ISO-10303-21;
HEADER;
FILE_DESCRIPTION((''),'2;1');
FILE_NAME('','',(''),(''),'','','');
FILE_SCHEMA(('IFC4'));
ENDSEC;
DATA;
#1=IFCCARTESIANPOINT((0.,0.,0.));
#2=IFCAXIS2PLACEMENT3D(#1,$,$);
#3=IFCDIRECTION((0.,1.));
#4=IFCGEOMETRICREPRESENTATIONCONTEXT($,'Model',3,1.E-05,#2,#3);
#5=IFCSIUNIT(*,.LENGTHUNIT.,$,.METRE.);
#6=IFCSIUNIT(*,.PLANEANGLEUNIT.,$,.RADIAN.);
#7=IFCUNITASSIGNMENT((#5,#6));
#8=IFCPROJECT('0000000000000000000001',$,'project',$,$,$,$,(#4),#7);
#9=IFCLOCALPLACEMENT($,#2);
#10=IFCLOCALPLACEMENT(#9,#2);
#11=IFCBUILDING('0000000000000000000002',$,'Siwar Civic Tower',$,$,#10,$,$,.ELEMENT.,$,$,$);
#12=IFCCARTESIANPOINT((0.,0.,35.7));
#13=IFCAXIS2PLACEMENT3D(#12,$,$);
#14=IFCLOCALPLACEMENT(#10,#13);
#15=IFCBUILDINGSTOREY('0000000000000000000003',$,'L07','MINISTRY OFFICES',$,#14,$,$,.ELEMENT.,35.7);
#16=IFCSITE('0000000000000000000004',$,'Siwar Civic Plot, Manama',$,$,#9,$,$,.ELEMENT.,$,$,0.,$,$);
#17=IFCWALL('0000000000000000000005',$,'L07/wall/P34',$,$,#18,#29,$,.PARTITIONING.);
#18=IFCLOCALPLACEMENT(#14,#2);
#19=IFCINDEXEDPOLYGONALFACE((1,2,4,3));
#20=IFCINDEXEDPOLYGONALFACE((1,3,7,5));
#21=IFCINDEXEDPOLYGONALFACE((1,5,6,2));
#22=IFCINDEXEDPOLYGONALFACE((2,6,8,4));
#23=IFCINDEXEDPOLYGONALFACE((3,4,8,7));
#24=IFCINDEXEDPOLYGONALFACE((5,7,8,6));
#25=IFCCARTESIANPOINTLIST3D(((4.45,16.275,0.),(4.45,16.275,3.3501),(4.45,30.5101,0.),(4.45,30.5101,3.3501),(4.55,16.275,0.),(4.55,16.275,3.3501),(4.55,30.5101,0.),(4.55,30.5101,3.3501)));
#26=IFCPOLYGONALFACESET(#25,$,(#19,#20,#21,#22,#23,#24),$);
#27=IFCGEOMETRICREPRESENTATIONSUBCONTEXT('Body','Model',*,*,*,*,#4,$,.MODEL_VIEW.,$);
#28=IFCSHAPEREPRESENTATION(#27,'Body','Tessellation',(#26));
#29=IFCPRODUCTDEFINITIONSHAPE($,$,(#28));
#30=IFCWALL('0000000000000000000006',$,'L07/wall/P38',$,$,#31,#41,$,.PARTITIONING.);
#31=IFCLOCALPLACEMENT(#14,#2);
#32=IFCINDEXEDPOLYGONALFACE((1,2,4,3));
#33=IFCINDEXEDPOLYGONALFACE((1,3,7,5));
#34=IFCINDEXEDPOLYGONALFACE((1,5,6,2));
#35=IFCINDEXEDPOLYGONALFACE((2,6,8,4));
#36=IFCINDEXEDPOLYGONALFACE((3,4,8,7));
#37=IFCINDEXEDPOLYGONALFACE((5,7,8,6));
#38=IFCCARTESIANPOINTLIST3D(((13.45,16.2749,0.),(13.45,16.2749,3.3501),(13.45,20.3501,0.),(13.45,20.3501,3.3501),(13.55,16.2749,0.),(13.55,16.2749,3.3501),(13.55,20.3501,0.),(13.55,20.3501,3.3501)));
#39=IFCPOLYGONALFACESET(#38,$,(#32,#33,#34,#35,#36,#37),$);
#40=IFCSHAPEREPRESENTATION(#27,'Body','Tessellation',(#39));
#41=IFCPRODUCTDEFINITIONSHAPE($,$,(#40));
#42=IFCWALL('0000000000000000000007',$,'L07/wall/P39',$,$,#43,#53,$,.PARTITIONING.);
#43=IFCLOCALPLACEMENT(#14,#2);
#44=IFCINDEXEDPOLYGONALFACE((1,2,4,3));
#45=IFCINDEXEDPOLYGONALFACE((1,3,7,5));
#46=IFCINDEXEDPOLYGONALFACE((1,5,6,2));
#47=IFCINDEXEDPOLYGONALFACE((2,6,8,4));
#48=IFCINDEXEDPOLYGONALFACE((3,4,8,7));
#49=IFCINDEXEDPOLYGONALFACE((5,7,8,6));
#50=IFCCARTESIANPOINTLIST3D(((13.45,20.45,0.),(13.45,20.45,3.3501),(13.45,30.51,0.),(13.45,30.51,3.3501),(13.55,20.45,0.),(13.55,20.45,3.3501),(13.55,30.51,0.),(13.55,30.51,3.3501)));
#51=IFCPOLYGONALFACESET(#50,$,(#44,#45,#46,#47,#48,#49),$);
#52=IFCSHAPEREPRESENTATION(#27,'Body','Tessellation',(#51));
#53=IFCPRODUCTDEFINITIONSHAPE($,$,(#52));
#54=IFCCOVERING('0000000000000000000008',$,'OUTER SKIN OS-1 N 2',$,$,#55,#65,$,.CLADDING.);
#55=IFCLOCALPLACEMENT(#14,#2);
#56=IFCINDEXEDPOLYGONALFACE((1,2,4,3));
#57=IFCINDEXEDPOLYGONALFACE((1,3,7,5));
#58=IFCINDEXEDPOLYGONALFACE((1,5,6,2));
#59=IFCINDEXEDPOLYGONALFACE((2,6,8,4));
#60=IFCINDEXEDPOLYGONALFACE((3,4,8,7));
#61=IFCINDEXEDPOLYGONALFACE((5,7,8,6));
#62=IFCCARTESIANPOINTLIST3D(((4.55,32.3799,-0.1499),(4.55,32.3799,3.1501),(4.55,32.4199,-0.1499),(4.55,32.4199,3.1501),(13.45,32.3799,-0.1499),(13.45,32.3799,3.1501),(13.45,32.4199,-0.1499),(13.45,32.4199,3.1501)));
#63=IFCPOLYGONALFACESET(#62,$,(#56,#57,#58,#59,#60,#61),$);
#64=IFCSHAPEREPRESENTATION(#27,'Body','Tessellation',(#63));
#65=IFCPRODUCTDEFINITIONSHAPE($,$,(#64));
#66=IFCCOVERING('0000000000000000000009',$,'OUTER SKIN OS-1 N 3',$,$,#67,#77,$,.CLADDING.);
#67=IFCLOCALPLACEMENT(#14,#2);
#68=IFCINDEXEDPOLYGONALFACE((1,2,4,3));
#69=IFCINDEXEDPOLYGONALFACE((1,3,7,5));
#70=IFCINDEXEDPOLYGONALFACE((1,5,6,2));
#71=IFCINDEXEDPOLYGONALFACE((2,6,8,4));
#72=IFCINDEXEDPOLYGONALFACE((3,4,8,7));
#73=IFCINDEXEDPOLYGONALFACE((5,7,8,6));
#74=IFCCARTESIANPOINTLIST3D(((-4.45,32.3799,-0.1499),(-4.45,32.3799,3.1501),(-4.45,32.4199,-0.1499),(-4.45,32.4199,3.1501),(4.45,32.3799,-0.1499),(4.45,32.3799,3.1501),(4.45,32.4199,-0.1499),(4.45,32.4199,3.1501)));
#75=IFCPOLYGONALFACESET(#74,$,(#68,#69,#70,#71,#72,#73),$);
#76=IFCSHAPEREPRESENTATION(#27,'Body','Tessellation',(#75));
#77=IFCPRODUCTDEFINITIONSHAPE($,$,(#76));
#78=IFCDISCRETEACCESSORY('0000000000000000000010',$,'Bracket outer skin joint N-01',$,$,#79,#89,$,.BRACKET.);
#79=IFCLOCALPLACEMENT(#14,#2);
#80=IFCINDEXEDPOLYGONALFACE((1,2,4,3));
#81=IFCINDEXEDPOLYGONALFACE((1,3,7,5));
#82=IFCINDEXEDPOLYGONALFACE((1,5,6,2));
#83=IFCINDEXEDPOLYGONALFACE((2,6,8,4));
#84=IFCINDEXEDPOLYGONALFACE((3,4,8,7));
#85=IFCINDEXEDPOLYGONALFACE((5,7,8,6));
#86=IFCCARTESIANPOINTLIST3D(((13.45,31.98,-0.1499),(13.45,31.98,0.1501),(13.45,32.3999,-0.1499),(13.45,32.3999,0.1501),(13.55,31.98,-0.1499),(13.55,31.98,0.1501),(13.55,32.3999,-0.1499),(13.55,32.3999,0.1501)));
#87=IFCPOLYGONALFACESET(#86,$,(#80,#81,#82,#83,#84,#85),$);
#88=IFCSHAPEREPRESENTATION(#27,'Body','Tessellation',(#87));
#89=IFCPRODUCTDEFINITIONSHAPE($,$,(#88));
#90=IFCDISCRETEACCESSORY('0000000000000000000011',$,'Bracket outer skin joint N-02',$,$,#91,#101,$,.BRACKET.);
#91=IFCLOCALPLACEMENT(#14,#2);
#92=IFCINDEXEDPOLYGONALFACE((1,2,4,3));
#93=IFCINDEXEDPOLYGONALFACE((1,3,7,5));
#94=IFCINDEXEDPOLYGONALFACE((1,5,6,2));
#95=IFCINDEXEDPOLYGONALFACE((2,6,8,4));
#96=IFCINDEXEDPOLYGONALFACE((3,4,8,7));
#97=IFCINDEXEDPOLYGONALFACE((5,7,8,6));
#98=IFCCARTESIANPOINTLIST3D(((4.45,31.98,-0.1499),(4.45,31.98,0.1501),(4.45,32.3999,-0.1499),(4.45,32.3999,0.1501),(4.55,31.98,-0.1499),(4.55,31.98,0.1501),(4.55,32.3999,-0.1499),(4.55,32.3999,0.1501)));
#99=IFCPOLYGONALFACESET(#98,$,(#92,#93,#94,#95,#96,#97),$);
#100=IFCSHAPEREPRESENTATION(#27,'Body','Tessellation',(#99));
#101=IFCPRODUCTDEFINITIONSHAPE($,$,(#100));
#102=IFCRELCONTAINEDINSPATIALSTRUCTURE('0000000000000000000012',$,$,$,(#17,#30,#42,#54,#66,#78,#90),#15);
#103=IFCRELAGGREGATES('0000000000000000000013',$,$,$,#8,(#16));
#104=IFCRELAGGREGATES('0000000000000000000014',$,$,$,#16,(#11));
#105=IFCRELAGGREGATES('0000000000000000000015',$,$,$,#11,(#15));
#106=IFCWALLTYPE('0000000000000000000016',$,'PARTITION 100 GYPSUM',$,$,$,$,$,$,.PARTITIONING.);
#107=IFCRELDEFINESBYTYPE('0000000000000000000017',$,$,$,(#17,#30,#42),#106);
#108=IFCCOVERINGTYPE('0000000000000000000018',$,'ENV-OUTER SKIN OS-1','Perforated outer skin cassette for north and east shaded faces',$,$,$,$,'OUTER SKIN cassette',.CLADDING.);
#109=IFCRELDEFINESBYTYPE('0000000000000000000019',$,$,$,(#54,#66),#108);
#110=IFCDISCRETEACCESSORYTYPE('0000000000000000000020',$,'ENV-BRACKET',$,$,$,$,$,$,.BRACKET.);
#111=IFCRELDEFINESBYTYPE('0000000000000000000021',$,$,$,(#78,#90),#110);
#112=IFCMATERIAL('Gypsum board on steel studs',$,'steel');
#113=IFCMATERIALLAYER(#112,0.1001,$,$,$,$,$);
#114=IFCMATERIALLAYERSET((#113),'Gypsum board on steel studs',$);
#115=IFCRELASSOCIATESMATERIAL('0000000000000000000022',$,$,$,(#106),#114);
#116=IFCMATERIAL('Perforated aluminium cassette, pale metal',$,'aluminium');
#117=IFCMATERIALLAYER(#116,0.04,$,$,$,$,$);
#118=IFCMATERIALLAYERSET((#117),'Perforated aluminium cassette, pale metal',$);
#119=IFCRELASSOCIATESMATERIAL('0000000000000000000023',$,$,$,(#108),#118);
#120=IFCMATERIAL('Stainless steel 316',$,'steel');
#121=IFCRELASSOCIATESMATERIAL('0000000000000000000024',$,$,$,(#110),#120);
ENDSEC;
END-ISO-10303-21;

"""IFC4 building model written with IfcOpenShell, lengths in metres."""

from ifc_helpers import new_model, si_unit, direction, frame, frame_2d, origin, origin_2d, place, context, subcontext, project, spatial, rectangle, extrude, material, layer, layer_set, type_object, element, save


model = new_model("IFC4")

# Units and contexts
model_context = context("Model", 3, precision=1e-05, world=origin(), true_north=direction((0.0, 1.0)))
body_context = subcontext(model_context, "Body", "Model", "MODEL_VIEW")
ifc_project = project(units=[si_unit("LENGTHUNIT", "METRE"), si_unit("PLANEANGLEUNIT", "RADIAN")], contexts=[model_context])

# Site, building, storey
site_placement = place(None, origin())
site = spatial("IfcSite", under=ifc_project, at=site_placement, Name="Siwar Civic Plot, Manama", CompositionType="ELEMENT", RefElevation=0.0)
building_placement = place(site_placement, origin())
building = spatial("IfcBuilding", under=site, at=building_placement, Name="Siwar Civic Tower", CompositionType="ELEMENT")
storey_placement = place(building_placement, frame((0.0, 0.0, 35.7)))
storey = spatial("IfcBuildingStorey", under=building, at=storey_placement, Name="L07", Description="MINISTRY OFFICES", CompositionType="ELEMENT", Elevation=35.7)

# Shared definitions
ifc_material_1 = material(Name="Gypsum board on steel studs", Category="steel")
ifc_layer_1 = layer(ifc_material_1, 0.1001)
ifc_layer_set_1 = layer_set([ifc_layer_1], Name="Gypsum board on steel studs")
wall_type_1 = type_object("IfcWallType", Name="PARTITION 100 GYPSUM", PredefinedType="PARTITIONING", material=ifc_layer_set_1)

# Walls
wall_1_placement = place(storey_placement, frame((4.5, 16.2749, 0.0), z_axis=(0.0, 0.0, 1.0), x_axis=(0.0, 1.0, 0.0)))
element("IfcWall", 1, at=wall_1_placement, inside=storey, type_object=wall_type_1, Name="L07/wall/P34", PredefinedType="PARTITIONING", context=body_context, shape_type="SweptSolid", body=[
    extrude(rectangle(XDim=14.2351, YDim=0.1001, at=frame_2d((7.1177, 0.0))), origin(), (0.0, 0.0, 1.0), 3.3501),
])
wall_2_placement = place(storey_placement, frame((13.5, 16.2749, 0.0), z_axis=(0.0, 0.0, 1.0), x_axis=(0.0, 1.0, 0.0)))
element("IfcWall", 2, at=wall_2_placement, inside=storey, type_object=wall_type_1, Name="L07/wall/P38", PredefinedType="PARTITIONING", context=body_context, shape_type="SweptSolid", body=[
    extrude(rectangle(XDim=4.0752, YDim=0.1001, at=frame_2d((2.0376, 0.0))), origin(), (0.0, 0.0, 1.0), 3.3501),
])
wall_3_placement = place(storey_placement, frame((13.5, 20.45, 0.0), z_axis=(0.0, 0.0, 1.0), x_axis=(0.0, 1.0, 0.0)))
element("IfcWall", 3, at=wall_3_placement, inside=storey, type_object=wall_type_1, Name="L07/wall/P39", PredefinedType="PARTITIONING", context=body_context, shape_type="SweptSolid", body=[
    extrude(rectangle(XDim=10.0601, YDim=0.1001, at=frame_2d((5.03, 0.0))), origin(), (0.0, 0.0, 1.0), 3.3501),
])

# Coverings
ifc_material_2 = material(Name="Perforated aluminium cassette, pale metal", Category="aluminium")
ifc_layer_2 = layer(ifc_material_2, 0.04)
ifc_layer_set_2 = layer_set([ifc_layer_2], Name="Perforated aluminium cassette, pale metal")
covering_type = type_object("IfcCoveringType", Name="ENV-OUTER SKIN OS-1", Description="Perforated outer skin cassette for north and east shaded faces", ElementType="OUTER SKIN cassette", PredefinedType="CLADDING", material=ifc_layer_set_2)
for number, where, z_axis, x_axis, name in (
    (4, (9.0, 32.3999, -0.1499), (0.0, 0.0, 1.0), (-1.0, 0.0, 0.0), "OUTER SKIN OS-1 N 2"),
    (5, (0.0, 32.3999, -0.1499), (0.0, 0.0, 1.0), (-1.0, 0.0, 0.0), "OUTER SKIN OS-1 N 3"),
):
    element("IfcCovering", number, at=place(storey_placement, frame(where, z_axis=z_axis, x_axis=x_axis)), inside=storey, type_object=covering_type, Name=name, PredefinedType="CLADDING", context=body_context, shape_type="SweptSolid", body=[
        extrude(rectangle(XDim=8.8999, YDim=0.04, at=origin_2d()), origin(), (0.0, 0.0, 1.0), 3.3),
    ])

# Discrete accessories
ifc_material_3 = material(Name="Stainless steel 316", Category="steel")
discrete_accessory_type = type_object("IfcDiscreteAccessoryType", Name="ENV-BRACKET", PredefinedType="BRACKET", material=ifc_material_3)
for number, where, z_axis, x_axis, name in (
    (6, (13.5, 32.1899, -0.1499), (0.0, 0.0, 1.0), (0.0, 1.0, 0.0), "Bracket outer skin joint N-01"),
    (7, (4.5, 32.1899, -0.1499), (0.0, 0.0, 1.0), (0.0, 1.0, 0.0), "Bracket outer skin joint N-02"),
):
    element("IfcDiscreteAccessory", number, at=place(storey_placement, frame(where, z_axis=z_axis, x_axis=x_axis)), inside=storey, type_object=discrete_accessory_type, Name=name, PredefinedType="BRACKET", context=body_context, shape_type="SweptSolid", body=[
        extrude(rectangle(XDim=0.4199, YDim=0.1001, at=origin_2d()), origin(), (0.0, 0.0, 1.0), 0.3),
    ])

save(model, "model.ifc")
